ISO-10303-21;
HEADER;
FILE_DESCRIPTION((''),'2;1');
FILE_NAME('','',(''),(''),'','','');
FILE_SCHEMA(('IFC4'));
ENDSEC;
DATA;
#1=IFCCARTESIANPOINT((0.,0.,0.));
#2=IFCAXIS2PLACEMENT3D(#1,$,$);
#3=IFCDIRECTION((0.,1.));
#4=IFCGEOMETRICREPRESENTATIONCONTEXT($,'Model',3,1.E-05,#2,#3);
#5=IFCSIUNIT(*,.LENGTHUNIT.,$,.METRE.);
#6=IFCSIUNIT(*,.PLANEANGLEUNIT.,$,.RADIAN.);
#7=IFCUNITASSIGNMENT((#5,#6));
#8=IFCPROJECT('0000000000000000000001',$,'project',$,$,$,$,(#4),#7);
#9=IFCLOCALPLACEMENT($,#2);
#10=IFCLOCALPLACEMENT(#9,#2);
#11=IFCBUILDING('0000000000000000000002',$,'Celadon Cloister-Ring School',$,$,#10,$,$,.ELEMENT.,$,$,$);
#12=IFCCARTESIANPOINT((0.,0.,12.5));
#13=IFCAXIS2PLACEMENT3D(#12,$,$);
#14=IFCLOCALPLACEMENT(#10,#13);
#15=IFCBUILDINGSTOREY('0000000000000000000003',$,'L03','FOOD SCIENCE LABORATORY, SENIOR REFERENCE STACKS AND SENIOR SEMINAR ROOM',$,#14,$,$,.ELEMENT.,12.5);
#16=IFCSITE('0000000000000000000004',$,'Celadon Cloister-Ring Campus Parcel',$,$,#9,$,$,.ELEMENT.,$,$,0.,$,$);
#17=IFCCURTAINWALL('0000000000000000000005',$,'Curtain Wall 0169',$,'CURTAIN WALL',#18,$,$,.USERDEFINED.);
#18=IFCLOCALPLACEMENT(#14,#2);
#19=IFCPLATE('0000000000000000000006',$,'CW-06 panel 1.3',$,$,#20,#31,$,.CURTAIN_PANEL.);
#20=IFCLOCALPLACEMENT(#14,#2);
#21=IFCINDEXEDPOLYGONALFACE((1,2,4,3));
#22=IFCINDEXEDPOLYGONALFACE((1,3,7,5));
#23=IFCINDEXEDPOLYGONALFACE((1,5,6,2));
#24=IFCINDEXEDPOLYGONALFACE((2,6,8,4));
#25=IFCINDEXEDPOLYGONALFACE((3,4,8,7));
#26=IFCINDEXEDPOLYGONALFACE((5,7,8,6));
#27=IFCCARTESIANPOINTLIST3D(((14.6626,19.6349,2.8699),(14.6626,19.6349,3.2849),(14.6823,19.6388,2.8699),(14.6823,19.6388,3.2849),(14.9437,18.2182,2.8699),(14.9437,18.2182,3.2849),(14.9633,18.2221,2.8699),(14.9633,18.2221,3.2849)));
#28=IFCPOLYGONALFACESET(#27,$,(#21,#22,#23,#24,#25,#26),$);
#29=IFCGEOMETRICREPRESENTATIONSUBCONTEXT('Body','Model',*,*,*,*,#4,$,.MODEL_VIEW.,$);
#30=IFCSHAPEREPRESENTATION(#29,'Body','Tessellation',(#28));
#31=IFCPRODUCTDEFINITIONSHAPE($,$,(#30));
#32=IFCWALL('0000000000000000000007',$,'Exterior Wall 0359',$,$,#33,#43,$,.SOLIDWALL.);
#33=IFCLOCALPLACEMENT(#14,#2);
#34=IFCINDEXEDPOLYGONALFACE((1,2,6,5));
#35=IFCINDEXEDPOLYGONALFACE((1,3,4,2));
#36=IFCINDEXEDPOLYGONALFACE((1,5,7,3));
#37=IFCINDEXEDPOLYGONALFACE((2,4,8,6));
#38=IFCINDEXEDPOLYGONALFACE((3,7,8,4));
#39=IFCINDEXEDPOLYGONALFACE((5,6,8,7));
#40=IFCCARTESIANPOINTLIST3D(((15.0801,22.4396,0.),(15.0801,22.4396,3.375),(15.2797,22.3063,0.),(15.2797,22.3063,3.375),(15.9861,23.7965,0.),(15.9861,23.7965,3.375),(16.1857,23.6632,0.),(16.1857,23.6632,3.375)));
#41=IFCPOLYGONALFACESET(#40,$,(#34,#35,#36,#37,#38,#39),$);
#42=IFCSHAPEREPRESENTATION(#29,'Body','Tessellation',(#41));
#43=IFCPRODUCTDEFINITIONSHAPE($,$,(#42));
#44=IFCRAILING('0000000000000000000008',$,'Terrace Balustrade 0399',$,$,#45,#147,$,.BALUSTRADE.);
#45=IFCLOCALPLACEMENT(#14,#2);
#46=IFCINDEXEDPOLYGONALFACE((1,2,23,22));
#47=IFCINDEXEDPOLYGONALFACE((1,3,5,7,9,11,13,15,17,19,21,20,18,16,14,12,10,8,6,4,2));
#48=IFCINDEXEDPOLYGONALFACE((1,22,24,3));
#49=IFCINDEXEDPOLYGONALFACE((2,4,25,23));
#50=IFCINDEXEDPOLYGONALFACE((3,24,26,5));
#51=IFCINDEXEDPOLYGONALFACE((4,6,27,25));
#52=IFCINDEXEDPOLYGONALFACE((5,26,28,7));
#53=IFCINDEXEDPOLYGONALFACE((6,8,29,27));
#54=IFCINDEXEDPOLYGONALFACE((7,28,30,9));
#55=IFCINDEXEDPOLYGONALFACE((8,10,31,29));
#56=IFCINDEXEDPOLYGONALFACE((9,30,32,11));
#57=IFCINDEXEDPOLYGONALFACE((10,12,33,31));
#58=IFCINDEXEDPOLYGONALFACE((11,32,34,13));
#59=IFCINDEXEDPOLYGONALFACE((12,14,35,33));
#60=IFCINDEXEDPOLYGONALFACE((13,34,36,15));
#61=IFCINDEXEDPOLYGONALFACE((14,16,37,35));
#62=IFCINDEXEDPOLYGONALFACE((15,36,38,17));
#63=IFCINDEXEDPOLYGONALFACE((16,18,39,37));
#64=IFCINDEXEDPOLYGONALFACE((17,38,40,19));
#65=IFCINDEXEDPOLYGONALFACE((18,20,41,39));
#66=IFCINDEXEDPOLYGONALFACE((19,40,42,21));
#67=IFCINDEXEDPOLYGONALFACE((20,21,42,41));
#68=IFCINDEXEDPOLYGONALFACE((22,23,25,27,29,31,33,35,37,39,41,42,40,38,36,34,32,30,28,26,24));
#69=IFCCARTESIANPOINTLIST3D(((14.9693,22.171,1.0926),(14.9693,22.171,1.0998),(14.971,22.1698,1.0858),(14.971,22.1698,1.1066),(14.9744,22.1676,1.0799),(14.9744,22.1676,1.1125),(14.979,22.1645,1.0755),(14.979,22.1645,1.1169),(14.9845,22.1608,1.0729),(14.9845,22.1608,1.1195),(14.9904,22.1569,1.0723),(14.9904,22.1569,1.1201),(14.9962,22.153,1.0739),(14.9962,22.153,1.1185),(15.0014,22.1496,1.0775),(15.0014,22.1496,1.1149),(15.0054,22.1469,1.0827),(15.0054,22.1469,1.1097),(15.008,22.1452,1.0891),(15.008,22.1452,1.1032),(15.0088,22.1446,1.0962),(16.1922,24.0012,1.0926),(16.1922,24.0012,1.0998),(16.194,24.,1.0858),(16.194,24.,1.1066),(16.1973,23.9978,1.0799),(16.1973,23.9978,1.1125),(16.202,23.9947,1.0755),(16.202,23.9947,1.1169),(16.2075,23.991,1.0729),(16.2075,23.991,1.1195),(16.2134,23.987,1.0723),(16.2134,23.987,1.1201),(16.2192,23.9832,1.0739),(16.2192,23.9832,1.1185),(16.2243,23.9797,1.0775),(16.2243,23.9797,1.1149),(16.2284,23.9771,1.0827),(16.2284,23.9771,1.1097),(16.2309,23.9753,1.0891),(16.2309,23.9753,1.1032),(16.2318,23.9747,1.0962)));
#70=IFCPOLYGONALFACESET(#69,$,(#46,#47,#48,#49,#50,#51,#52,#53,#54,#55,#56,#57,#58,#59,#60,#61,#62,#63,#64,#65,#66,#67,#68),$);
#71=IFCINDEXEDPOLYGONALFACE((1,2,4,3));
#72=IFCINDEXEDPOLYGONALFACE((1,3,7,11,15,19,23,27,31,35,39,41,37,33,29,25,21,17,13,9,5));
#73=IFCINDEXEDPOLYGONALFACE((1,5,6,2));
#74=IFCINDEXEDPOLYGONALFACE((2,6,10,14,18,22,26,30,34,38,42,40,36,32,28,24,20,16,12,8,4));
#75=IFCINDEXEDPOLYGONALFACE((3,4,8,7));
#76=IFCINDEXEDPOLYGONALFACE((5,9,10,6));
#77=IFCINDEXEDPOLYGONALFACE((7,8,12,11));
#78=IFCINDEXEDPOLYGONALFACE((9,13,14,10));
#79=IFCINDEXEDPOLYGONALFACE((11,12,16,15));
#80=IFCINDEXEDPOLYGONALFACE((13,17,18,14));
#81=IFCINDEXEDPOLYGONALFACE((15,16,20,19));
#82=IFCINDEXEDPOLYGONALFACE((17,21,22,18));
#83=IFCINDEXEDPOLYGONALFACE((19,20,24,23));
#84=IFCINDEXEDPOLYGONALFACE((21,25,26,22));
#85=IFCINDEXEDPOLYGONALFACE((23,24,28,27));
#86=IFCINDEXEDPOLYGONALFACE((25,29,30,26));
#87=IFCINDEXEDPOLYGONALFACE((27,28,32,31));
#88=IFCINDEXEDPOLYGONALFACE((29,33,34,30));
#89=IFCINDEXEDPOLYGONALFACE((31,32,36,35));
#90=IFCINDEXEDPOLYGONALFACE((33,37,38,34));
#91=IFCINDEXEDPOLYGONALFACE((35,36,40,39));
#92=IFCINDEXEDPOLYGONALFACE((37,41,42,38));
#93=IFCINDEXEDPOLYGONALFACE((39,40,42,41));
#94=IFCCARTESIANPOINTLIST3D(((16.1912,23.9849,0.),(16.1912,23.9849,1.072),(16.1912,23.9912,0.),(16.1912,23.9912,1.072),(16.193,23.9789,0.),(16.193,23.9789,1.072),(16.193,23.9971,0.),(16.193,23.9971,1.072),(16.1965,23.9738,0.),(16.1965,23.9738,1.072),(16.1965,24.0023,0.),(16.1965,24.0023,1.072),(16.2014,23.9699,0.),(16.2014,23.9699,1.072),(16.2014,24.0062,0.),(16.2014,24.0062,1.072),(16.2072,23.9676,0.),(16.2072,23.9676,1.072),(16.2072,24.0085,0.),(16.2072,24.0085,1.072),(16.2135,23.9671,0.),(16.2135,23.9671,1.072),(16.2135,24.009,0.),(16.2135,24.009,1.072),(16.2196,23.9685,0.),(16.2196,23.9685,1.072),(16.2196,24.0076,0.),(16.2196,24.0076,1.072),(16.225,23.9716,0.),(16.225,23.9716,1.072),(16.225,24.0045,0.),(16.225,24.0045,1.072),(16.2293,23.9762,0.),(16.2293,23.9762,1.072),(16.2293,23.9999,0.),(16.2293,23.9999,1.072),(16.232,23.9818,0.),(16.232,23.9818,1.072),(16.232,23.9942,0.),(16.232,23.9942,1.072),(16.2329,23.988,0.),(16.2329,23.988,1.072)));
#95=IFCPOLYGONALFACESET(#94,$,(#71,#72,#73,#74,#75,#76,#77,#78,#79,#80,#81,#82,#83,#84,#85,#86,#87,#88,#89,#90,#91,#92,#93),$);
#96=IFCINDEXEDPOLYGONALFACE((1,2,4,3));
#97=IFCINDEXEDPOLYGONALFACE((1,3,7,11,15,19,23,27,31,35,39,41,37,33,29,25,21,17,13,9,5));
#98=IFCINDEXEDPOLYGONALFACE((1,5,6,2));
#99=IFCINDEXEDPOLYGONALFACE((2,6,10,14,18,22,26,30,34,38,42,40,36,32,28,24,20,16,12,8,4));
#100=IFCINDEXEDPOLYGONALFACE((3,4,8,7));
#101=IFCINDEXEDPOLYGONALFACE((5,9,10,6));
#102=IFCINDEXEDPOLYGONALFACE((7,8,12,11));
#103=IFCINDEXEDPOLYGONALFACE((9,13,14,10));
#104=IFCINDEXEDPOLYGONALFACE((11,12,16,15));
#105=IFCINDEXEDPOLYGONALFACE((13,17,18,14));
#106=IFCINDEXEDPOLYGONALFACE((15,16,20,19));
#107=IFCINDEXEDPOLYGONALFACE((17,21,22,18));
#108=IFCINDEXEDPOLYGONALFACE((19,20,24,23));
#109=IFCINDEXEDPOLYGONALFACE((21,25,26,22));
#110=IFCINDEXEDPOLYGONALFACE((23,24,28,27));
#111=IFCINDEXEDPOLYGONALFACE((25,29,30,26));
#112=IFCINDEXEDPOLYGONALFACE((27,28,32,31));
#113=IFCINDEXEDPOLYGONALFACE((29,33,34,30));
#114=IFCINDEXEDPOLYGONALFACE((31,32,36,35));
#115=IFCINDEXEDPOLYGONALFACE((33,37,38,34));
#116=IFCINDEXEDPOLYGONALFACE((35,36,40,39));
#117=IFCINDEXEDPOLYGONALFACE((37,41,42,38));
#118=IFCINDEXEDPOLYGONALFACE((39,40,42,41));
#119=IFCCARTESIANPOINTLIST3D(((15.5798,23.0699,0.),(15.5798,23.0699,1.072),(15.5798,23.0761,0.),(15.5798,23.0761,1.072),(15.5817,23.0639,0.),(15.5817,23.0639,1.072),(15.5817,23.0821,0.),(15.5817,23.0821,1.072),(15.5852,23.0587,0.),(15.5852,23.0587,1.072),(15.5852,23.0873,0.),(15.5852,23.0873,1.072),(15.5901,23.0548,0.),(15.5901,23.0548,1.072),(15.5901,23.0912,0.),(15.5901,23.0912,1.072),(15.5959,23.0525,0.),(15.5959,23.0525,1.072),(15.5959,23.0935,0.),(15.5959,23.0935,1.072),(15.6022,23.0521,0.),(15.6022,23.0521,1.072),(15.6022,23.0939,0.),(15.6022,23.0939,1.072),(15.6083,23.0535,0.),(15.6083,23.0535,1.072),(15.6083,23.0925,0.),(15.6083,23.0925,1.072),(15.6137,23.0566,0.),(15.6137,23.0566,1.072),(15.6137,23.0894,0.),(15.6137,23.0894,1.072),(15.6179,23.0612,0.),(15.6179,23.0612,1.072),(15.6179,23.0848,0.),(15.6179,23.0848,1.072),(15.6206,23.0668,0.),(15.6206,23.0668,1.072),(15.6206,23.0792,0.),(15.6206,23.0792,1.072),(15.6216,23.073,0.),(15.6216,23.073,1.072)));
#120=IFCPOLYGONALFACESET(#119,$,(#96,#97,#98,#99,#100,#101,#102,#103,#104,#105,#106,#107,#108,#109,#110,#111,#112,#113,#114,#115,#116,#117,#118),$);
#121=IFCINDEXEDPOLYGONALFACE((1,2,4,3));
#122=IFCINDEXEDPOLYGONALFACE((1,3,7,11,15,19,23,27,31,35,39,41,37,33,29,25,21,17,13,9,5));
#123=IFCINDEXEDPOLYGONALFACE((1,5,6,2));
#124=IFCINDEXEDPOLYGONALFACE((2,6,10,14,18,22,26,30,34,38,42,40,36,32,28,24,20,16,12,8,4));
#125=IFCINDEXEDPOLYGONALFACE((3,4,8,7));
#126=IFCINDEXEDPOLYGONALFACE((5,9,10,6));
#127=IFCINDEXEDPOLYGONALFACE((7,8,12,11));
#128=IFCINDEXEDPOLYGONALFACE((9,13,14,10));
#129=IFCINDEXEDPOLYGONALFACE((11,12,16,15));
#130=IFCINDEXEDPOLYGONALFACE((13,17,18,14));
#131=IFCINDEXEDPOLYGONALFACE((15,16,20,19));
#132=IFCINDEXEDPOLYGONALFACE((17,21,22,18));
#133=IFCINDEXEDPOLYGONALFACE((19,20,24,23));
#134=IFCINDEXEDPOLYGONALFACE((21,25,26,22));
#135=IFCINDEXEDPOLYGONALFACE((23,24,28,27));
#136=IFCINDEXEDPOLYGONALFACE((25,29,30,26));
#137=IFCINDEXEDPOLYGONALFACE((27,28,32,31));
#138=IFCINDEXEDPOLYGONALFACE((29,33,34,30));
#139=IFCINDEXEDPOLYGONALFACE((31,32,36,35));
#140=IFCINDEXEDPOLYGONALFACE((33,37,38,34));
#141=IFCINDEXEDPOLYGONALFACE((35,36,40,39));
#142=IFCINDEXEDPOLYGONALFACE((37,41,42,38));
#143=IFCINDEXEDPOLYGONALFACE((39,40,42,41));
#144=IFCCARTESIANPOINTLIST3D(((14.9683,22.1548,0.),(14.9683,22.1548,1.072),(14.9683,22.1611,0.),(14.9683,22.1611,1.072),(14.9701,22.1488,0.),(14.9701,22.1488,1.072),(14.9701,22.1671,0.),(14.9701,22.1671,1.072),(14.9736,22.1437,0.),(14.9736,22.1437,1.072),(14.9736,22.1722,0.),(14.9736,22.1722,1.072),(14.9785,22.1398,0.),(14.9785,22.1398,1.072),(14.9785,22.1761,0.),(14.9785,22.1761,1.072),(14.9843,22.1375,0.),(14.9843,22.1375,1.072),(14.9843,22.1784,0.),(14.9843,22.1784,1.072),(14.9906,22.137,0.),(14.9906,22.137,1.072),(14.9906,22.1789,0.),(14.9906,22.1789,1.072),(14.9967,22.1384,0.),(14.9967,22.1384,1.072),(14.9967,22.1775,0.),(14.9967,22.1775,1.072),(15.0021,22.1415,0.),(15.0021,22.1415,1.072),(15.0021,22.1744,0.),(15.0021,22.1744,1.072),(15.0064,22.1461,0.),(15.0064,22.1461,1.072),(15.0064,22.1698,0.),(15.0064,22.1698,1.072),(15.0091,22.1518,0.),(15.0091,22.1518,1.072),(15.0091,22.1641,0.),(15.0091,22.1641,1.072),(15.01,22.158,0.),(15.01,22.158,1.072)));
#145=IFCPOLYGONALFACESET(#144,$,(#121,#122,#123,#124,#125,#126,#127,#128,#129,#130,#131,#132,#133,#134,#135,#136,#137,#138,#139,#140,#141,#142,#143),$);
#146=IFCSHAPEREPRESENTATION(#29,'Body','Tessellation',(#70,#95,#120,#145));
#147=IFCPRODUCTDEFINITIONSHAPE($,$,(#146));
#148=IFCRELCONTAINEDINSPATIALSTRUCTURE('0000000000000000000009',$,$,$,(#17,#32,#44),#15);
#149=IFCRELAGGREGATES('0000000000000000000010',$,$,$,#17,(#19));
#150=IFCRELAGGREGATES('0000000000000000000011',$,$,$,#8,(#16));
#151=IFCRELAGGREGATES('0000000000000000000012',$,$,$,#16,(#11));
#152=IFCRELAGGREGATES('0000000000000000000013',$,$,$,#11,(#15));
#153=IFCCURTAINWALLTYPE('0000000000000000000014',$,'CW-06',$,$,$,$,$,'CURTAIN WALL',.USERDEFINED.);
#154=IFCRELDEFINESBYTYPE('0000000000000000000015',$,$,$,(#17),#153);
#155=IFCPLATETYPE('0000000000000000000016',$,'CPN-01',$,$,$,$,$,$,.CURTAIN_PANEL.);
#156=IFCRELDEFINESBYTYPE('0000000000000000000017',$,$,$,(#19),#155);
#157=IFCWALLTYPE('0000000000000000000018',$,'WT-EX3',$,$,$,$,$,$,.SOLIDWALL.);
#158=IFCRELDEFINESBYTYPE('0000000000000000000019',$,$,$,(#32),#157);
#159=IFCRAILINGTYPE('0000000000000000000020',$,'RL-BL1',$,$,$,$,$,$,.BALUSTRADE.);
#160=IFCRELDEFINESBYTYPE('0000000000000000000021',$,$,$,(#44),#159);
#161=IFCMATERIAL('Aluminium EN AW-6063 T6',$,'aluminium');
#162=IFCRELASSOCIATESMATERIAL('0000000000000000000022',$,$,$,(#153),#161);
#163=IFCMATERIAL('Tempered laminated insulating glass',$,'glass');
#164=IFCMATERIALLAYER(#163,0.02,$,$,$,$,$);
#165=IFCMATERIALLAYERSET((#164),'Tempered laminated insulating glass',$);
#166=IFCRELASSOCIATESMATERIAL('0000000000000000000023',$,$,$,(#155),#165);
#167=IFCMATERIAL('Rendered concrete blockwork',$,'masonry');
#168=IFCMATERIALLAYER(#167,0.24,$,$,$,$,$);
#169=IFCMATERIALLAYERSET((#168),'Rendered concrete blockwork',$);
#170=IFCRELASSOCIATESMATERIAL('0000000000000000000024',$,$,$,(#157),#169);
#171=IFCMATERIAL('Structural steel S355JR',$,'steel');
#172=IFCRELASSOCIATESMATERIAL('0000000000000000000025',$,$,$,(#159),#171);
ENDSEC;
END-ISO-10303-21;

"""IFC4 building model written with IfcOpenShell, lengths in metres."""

from ifc_helpers import new_model, si_unit, direction, frame, frame_2d, origin, origin_2d, place, context, subcontext, project, spatial, rectangle, circle, extrude, material, layer, layer_set, type_object, element, aggregate, save


model = new_model("IFC4")

# Units and contexts
model_context = context("Model", 3, precision=1e-05, world=origin(), true_north=direction((0.0, 1.0)))
body_context = subcontext(model_context, "Body", "Model", "MODEL_VIEW")
ifc_project = project(units=[si_unit("LENGTHUNIT", "METRE"), si_unit("PLANEANGLEUNIT", "RADIAN")], contexts=[model_context])

# Site, building, storey
site_placement = place(None, origin())
site = spatial("IfcSite", under=ifc_project, at=site_placement, Name="Celadon Cloister-Ring Campus Parcel", CompositionType="ELEMENT", RefElevation=0.0)
building_placement = place(site_placement, origin())
building = spatial("IfcBuilding", under=site, at=building_placement, Name="Celadon Cloister-Ring School", CompositionType="ELEMENT")
storey_placement = place(building_placement, frame((0.0, 0.0, 12.5)))
storey = spatial("IfcBuildingStorey", under=building, at=storey_placement, Name="L03", Description="FOOD SCIENCE LABORATORY, SENIOR REFERENCE STACKS AND SENIOR SEMINAR ROOM", CompositionType="ELEMENT", Elevation=12.5)

# Curtain wall
ifc_material_1 = material(Name="Aluminium EN AW-6063 T6", Category="aluminium")
curtain_wall_type = type_object("IfcCurtainWallType", Name="CW-06", ElementType="CURTAIN WALL", PredefinedType="USERDEFINED", material=ifc_material_1)
curtain_wall_1_placement = place(storey_placement, origin())
curtain_wall_1 = element("IfcCurtainWall", 1, at=curtain_wall_1_placement, inside=storey, type_object=curtain_wall_type, Name="Curtain Wall 0169", ObjectType="CURTAIN WALL", PredefinedType="USERDEFINED")

# Plate
ifc_material_2 = material(Name="Tempered laminated insulating glass", Category="glass")
ifc_layer_1 = layer(ifc_material_2, 0.02)
ifc_layer_set_1 = layer_set([ifc_layer_1], Name="Tempered laminated insulating glass")
plate_type = type_object("IfcPlateType", Name="CPN-01", PredefinedType="CURTAIN_PANEL", material=ifc_layer_set_1)
plate_1_placement = place(storey_placement, frame((14.813, 18.9285, 2.8699), z_axis=(0.0, 0.0, 1.0), x_axis=(0.194586, -0.980885, 0.0)))
plate_1 = element("IfcPlate", 2, at=plate_1_placement, type_object=plate_type, Name="CW-06 panel 1.3", PredefinedType="CURTAIN_PANEL", context=body_context, shape_type="SweptSolid", body=[
    extrude(rectangle(XDim=1.4443, YDim=0.02, at=origin_2d()), origin(), (0.0, 0.0, 1.0), 0.415),
])
aggregate(curtain_wall_1, [plate_1])

# Wall
ifc_material_3 = material(Name="Rendered concrete blockwork", Category="masonry")
ifc_layer_2 = layer(ifc_material_3, 0.24)
ifc_layer_set_2 = layer_set([ifc_layer_2], Name="Rendered concrete blockwork")
wall_type = type_object("IfcWallType", Name="WT-EX3", PredefinedType="SOLIDWALL", material=ifc_layer_set_2)
wall_placement = place(storey_placement, frame((16.0859, 23.73, 0.0), z_axis=(0.0, 0.0, 1.0), x_axis=(-0.555287, -0.831659, 0.0)))
element("IfcWall", 3, at=wall_placement, inside=storey, type_object=wall_type, Name="Exterior Wall 0359", PredefinedType="SOLIDWALL", context=body_context, shape_type="SweptSolid", body=[
    extrude(rectangle(XDim=1.6316, YDim=0.24, at=frame_2d((0.8159, 0.0))), origin(), (0.0, 0.0, 1.0), 3.375),
])

# Railing
ifc_material_4 = material(Name="Structural steel S355JR", Category="steel")
railing_type = type_object("IfcRailingType", Name="RL-BL1", PredefinedType="BALUSTRADE", material=ifc_material_4)
railing_1_placement = place(storey_placement, frame((16.2119, 23.988, 0.0)))
element("IfcRailing", 4, at=railing_1_placement, inside=storey, type_object=railing_type, Name="Terrace Balustrade 0399", PredefinedType="BALUSTRADE", context=body_context, shape_type="SweptSolid", body=[
    extrude(circle(Radius=0.0239, at=origin_2d()), frame((0.0, 0.0, 1.0962), z_axis=(-0.555596, -0.831453, 0.0), x_axis=(0.831453, -0.555596, 0.0)), (0.0, 0.0, 1.0), 2.2012),
    extrude(circle(Radius=0.021, at=origin_2d()), origin(), (0.0, 0.0, 1.0), 1.072),
    extrude(circle(Radius=0.021, at=origin_2d()), frame((-0.6113, -0.915, 0.0)), (0.0, 0.0, 1.0), 1.072),
    extrude(circle(Radius=0.021, at=origin_2d()), frame((-1.2229, -1.8301, 0.0)), (0.0, 0.0, 1.0), 1.072),
])

save(model, "model.ifc")
